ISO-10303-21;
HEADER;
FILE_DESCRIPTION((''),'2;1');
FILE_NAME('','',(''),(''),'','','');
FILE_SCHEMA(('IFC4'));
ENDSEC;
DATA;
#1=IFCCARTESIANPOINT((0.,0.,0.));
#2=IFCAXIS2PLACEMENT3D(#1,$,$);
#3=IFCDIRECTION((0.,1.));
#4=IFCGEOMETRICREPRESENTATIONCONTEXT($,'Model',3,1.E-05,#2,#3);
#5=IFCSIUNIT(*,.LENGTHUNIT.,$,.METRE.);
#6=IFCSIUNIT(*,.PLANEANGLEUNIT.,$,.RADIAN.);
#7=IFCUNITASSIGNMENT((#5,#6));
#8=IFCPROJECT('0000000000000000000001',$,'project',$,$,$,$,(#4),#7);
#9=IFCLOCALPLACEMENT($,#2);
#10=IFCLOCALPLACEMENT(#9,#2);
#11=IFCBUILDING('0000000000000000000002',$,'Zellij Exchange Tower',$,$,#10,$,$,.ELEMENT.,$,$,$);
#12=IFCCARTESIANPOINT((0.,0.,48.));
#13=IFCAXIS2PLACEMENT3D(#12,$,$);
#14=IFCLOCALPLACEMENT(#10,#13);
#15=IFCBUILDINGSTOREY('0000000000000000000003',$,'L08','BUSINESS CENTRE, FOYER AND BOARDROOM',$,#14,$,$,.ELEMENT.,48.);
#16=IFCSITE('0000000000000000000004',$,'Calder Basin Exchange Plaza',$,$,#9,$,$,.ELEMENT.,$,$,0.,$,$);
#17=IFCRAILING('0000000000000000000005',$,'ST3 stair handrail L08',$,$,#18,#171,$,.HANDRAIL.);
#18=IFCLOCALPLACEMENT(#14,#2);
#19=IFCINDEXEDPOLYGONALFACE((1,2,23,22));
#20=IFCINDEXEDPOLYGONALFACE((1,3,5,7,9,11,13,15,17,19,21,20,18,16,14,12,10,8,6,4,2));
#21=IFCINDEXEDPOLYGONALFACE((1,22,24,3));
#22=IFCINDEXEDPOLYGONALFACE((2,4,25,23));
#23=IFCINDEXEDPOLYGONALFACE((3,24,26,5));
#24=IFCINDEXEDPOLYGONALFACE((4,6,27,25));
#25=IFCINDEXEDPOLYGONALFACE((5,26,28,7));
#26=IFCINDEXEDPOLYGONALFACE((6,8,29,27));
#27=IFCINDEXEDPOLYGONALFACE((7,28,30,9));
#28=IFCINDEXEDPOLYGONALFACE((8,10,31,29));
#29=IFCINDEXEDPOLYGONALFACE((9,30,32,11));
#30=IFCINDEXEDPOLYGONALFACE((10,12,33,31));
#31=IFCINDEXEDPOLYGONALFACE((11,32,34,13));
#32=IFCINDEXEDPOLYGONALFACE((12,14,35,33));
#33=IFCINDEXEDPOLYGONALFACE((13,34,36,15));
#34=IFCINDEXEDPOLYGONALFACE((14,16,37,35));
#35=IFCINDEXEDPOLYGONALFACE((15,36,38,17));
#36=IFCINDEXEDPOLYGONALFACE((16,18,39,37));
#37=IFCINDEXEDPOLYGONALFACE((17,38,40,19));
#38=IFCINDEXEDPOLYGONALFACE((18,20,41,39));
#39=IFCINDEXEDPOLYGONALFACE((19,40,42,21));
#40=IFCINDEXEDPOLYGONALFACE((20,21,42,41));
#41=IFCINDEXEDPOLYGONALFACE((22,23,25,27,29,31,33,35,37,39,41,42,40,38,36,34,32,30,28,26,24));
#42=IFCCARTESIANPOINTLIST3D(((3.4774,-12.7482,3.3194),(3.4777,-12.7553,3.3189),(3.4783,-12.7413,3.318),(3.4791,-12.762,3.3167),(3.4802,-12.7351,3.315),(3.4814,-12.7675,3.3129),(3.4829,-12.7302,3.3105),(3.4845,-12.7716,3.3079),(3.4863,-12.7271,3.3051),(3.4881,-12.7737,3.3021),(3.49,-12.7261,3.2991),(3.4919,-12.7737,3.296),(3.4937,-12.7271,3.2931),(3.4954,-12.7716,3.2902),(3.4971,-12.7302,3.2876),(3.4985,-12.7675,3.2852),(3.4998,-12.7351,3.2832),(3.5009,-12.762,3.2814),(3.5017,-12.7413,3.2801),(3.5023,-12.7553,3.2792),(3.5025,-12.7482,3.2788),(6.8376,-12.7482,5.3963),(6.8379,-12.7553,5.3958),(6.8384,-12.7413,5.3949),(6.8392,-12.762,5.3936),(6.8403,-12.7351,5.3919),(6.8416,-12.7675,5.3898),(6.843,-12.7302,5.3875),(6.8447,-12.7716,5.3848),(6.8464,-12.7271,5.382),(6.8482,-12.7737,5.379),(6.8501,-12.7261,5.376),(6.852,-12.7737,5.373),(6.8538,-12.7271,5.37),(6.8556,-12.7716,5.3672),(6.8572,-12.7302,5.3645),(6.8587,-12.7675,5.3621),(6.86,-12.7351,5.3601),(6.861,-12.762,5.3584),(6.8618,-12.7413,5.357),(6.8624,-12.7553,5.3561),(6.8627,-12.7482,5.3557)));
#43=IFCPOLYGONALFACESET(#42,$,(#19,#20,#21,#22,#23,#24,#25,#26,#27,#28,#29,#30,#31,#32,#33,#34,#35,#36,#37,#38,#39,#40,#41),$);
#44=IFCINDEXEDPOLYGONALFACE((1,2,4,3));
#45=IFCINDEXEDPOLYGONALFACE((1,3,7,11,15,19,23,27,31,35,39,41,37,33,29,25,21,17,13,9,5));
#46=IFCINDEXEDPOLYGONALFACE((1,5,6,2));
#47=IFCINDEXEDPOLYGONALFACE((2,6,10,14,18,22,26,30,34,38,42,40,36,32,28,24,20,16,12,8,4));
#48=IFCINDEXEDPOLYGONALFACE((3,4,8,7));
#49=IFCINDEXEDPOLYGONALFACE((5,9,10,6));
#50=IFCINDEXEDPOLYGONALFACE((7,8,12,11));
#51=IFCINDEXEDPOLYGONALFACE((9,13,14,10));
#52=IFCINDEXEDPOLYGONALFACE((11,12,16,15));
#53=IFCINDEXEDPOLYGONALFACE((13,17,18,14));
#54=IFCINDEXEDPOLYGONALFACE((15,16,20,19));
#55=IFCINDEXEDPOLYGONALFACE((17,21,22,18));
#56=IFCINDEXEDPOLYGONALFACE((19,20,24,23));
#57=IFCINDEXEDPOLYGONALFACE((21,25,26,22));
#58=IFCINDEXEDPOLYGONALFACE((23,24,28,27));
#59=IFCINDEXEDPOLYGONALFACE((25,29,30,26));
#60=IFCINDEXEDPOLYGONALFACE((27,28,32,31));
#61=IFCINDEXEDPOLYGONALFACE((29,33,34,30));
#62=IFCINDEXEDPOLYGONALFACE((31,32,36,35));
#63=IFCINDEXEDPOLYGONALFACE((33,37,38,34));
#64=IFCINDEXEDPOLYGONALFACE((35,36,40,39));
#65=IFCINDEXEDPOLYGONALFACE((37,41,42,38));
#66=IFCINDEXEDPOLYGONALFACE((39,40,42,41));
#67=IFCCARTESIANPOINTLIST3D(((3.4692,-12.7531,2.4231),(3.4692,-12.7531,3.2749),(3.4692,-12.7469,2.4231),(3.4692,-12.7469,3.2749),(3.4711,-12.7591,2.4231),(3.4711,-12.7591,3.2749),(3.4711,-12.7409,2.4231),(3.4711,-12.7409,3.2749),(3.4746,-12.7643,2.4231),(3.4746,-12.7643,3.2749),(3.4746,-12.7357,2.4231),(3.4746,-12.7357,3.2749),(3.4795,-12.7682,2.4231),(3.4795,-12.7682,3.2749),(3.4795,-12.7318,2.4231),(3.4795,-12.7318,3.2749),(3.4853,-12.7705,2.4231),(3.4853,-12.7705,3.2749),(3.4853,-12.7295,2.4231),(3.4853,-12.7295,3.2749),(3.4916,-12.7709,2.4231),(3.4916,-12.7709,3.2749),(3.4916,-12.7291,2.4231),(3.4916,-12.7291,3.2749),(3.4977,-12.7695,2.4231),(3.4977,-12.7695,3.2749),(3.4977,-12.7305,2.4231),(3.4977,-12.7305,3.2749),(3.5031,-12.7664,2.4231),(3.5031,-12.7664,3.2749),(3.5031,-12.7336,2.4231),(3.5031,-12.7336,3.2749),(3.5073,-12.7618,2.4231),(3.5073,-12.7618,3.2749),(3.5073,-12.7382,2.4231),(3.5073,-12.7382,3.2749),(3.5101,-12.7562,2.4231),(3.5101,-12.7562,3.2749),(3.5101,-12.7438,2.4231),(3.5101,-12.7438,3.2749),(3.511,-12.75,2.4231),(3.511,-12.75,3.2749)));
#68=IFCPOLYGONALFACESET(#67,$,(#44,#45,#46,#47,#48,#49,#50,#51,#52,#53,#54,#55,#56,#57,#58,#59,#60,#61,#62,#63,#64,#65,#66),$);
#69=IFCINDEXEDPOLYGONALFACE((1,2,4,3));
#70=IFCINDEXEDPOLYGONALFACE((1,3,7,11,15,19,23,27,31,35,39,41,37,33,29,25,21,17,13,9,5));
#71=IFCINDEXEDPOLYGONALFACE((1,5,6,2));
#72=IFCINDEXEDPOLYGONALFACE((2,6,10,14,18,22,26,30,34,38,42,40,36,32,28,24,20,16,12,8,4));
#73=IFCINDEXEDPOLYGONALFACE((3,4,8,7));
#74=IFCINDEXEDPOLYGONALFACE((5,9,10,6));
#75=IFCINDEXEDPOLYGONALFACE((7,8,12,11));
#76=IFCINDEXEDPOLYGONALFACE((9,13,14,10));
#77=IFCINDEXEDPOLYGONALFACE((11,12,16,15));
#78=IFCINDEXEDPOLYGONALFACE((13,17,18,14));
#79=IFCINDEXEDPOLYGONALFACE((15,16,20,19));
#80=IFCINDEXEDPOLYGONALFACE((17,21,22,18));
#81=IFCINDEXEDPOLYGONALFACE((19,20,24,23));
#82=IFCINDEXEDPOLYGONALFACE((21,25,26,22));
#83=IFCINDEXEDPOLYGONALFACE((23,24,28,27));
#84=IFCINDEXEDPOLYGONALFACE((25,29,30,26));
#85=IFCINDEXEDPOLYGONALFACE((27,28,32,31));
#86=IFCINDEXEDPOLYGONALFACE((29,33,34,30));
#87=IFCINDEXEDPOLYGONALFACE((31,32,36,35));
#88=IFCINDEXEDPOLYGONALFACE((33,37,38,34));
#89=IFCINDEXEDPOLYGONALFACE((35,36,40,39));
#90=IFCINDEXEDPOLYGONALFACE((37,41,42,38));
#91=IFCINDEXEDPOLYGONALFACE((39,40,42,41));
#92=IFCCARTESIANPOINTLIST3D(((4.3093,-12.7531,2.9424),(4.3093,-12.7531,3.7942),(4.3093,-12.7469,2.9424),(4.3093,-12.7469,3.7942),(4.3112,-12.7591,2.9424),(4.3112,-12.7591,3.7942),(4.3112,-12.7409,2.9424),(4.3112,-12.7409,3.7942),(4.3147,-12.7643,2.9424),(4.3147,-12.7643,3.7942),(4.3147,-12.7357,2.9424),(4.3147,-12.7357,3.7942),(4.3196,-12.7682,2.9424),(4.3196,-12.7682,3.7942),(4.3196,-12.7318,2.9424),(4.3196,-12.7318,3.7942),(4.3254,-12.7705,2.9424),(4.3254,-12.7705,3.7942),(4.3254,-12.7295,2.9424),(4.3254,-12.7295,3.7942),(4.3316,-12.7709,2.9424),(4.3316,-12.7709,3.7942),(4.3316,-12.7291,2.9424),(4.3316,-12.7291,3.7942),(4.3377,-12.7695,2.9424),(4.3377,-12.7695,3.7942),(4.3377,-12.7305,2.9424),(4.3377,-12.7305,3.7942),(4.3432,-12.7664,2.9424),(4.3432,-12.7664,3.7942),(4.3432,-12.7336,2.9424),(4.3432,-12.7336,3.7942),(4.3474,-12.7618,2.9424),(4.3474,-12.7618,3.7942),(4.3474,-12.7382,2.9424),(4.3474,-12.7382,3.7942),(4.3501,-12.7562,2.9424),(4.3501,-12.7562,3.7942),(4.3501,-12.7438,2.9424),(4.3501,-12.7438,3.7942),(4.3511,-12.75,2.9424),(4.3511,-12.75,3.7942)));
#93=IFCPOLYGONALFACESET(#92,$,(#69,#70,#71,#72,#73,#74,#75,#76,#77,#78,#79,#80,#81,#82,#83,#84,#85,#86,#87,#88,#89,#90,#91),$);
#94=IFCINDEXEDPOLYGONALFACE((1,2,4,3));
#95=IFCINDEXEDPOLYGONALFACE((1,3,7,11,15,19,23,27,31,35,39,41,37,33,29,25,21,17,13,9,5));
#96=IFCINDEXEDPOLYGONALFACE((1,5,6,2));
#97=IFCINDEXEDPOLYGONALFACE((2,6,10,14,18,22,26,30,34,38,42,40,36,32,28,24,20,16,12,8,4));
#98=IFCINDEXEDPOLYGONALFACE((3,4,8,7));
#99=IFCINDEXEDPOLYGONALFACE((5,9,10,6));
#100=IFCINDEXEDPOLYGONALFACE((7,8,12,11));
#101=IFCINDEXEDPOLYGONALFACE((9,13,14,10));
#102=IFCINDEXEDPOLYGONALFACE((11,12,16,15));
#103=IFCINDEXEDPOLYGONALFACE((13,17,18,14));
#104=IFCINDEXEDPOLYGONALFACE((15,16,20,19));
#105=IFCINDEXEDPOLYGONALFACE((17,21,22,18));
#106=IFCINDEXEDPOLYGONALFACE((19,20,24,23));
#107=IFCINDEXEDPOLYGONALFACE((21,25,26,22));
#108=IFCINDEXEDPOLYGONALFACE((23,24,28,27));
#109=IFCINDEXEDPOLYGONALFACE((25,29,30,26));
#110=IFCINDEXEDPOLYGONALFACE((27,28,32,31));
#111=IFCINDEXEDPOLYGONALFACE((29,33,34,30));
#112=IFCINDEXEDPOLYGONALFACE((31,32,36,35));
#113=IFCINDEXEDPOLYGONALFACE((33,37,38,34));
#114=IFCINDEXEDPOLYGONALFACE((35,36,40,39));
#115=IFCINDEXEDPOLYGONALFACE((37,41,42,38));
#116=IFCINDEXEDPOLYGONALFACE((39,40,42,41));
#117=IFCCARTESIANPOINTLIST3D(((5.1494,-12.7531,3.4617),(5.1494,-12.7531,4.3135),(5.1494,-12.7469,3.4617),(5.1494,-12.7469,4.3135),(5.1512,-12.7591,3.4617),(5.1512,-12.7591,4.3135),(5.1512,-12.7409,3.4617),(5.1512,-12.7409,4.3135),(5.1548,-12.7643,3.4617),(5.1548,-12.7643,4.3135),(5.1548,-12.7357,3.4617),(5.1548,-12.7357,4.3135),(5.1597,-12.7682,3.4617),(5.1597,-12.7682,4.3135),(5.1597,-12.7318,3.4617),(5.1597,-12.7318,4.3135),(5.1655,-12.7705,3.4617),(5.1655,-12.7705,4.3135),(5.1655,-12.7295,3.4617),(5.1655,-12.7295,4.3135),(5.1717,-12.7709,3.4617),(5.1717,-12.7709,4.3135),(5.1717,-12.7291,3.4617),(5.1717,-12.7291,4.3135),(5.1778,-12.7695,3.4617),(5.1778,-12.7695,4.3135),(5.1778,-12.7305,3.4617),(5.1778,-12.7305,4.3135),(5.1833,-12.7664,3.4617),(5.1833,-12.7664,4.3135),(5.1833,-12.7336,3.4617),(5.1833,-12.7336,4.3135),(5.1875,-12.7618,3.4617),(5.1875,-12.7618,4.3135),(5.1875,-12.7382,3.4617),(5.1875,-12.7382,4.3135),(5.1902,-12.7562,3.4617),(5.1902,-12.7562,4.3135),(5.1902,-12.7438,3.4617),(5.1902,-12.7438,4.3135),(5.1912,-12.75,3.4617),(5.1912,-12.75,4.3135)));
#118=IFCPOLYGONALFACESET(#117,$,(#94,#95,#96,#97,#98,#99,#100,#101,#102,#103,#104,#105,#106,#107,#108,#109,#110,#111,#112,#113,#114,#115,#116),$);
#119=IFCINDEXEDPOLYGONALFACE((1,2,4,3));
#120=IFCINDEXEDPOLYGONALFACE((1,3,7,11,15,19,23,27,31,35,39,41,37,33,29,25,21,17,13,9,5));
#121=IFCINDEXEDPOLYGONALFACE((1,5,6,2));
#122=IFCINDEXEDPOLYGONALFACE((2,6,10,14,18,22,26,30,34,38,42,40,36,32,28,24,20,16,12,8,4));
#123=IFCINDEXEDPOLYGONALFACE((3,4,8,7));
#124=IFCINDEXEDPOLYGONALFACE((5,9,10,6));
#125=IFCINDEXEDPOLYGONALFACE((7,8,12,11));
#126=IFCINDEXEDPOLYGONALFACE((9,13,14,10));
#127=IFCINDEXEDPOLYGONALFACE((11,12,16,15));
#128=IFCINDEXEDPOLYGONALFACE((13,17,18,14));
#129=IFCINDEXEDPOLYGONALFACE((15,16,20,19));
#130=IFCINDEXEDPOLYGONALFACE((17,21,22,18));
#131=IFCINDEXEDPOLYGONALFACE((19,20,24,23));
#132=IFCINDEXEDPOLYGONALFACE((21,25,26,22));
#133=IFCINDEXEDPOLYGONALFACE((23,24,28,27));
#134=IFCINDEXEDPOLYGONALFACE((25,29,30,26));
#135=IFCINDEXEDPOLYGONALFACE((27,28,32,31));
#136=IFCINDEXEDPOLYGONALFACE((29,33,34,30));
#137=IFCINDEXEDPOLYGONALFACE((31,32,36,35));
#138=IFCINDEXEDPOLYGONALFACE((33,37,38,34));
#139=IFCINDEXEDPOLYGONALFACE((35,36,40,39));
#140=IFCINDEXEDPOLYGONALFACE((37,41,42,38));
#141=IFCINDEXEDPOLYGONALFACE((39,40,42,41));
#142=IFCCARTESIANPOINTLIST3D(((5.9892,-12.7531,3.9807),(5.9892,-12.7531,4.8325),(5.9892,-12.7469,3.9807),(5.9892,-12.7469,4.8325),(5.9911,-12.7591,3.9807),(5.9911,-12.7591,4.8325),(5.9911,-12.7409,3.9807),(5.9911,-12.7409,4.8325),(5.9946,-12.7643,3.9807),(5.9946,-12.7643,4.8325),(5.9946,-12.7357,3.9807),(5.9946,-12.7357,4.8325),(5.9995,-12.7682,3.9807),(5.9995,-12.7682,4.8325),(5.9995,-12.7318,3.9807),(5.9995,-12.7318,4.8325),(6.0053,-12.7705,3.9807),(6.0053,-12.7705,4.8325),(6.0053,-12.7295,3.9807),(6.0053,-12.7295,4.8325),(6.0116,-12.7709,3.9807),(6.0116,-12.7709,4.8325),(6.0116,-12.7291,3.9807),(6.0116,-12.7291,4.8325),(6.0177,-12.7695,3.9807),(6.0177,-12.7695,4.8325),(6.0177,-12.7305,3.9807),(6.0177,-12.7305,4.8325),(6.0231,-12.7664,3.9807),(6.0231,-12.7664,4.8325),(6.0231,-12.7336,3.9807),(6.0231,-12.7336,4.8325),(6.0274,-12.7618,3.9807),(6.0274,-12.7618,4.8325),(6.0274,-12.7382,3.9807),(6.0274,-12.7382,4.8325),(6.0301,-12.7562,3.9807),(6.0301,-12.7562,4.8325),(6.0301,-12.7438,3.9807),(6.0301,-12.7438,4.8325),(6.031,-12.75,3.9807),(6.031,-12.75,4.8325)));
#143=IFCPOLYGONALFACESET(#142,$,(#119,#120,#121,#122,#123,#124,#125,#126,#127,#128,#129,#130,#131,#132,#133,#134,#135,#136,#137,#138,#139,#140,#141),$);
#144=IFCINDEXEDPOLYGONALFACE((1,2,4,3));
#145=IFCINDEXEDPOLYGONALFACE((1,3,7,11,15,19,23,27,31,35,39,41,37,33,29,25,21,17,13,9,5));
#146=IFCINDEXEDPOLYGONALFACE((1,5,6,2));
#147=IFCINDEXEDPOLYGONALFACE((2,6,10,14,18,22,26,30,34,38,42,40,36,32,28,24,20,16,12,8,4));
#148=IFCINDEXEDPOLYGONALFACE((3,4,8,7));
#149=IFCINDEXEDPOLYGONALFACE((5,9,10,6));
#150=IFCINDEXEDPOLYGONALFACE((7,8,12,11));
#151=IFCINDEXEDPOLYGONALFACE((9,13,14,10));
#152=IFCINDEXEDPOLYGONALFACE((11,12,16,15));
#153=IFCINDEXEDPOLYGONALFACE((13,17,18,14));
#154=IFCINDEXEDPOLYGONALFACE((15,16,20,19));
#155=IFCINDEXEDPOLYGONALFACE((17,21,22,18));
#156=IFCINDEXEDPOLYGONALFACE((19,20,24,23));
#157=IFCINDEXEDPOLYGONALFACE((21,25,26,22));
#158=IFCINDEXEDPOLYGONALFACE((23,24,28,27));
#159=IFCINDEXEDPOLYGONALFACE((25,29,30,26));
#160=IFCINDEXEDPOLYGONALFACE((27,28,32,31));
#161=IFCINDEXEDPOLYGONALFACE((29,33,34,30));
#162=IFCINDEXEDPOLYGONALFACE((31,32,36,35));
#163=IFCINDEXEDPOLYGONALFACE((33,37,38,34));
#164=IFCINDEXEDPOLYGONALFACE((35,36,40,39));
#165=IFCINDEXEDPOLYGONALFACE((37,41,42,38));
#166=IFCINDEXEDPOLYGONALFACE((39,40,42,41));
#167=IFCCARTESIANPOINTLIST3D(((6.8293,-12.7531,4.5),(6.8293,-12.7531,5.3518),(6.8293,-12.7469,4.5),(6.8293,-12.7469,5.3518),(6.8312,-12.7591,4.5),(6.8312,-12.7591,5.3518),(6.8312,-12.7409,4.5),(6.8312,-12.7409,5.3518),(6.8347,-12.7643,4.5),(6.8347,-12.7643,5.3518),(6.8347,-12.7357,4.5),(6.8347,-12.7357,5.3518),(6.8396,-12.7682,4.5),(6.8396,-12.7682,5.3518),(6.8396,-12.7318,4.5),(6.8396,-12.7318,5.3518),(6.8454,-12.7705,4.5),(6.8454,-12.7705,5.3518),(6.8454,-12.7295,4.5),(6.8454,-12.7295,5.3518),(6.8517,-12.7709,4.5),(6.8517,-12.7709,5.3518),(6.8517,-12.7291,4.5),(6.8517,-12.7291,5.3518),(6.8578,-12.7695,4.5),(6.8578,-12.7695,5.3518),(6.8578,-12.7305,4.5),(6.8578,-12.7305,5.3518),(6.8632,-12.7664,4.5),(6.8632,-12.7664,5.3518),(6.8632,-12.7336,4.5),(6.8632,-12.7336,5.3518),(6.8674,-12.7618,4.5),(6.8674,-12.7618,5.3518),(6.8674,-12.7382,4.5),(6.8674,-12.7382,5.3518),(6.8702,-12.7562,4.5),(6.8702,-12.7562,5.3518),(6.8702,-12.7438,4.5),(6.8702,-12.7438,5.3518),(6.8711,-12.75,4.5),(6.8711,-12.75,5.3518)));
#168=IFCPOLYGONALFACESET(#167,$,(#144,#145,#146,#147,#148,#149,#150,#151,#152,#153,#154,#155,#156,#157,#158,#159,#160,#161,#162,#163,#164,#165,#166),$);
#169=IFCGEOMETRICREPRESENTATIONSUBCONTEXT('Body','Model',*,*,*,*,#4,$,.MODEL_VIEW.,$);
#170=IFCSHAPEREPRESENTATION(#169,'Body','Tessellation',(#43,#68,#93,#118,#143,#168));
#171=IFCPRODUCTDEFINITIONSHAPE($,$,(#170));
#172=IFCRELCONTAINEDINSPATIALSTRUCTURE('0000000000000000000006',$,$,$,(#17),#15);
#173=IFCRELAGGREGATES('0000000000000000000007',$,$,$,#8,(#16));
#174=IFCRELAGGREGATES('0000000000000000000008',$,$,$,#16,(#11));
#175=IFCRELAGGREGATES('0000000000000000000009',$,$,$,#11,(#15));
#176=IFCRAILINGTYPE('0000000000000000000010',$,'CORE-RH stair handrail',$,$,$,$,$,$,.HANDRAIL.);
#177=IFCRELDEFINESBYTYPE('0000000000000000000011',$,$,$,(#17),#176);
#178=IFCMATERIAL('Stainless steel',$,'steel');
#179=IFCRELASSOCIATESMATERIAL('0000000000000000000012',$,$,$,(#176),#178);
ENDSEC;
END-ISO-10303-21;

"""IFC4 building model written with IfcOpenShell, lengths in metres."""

from ifc_helpers import new_model, si_unit, direction, frame, origin, origin_2d, place, context, subcontext, project, spatial, circle, extrude, material, type_object, element, save


model = new_model("IFC4")

# Units and contexts
model_context = context("Model", 3, precision=1e-05, world=origin(), true_north=direction((0.0, 1.0)))
body_context = subcontext(model_context, "Body", "Model", "MODEL_VIEW")
ifc_project = project(units=[si_unit("LENGTHUNIT", "METRE"), si_unit("PLANEANGLEUNIT", "RADIAN")], contexts=[model_context])

# Site, building, storey
site_placement = place(None, origin())
site = spatial("IfcSite", under=ifc_project, at=site_placement, Name="Calder Basin Exchange Plaza", CompositionType="ELEMENT", RefElevation=0.0)
building_placement = place(site_placement, origin())
building = spatial("IfcBuilding", under=site, at=building_placement, Name="Zellij Exchange Tower", CompositionType="ELEMENT")
storey_placement = place(building_placement, frame((0.0, 0.0, 48.0)))
storey = spatial("IfcBuildingStorey", under=building, at=storey_placement, Name="L08", Description="BUSINESS CENTRE, FOYER AND BOARDROOM", CompositionType="ELEMENT", Elevation=48.0)

# Railing
ifc_material_1 = material(Name="Stainless steel", Category="steel")
railing_type_1 = type_object("IfcRailingType", Name="CORE-RH stair handrail", PredefinedType="HANDRAIL", material=ifc_material_1)
railing_1_placement = place(storey_placement, frame((3.49, -12.75, 2.4231)))
element("IfcRailing", 1, at=railing_1_placement, inside=storey, type_object=railing_type_1, Name="ST3 stair handrail L08", PredefinedType="HANDRAIL", context=body_context, shape_type="SweptSolid", body=[
    extrude(circle(Radius=0.0239, at=origin_2d()), frame((0.0, 0.0, 0.876), z_axis=(0.850623, 0.0, 0.525776), x_axis=(0.0, 1.0, 0.0)), (0.0, 0.0, 1.0), 3.9502),
    extrude(circle(Radius=0.021, at=origin_2d()), origin(), (0.0, 0.0, 1.0), 0.8518),
    extrude(circle(Radius=0.021, at=origin_2d()), frame((0.8401, 0.0, 0.5193)), (0.0, 0.0, 1.0), 0.8518),
    extrude(circle(Radius=0.021, at=origin_2d()), frame((1.6802, 0.0, 1.0386)), (0.0, 0.0, 1.0), 0.8518),
    extrude(circle(Radius=0.021, at=origin_2d()), frame((2.52, 0.0, 1.5576)), (0.0, 0.0, 1.0), 0.8518),
    extrude(circle(Radius=0.021, at=origin_2d()), frame((3.3601, 0.0, 2.0769)), (0.0, 0.0, 1.0), 0.8518),
])

save(model, "model.ifc")
